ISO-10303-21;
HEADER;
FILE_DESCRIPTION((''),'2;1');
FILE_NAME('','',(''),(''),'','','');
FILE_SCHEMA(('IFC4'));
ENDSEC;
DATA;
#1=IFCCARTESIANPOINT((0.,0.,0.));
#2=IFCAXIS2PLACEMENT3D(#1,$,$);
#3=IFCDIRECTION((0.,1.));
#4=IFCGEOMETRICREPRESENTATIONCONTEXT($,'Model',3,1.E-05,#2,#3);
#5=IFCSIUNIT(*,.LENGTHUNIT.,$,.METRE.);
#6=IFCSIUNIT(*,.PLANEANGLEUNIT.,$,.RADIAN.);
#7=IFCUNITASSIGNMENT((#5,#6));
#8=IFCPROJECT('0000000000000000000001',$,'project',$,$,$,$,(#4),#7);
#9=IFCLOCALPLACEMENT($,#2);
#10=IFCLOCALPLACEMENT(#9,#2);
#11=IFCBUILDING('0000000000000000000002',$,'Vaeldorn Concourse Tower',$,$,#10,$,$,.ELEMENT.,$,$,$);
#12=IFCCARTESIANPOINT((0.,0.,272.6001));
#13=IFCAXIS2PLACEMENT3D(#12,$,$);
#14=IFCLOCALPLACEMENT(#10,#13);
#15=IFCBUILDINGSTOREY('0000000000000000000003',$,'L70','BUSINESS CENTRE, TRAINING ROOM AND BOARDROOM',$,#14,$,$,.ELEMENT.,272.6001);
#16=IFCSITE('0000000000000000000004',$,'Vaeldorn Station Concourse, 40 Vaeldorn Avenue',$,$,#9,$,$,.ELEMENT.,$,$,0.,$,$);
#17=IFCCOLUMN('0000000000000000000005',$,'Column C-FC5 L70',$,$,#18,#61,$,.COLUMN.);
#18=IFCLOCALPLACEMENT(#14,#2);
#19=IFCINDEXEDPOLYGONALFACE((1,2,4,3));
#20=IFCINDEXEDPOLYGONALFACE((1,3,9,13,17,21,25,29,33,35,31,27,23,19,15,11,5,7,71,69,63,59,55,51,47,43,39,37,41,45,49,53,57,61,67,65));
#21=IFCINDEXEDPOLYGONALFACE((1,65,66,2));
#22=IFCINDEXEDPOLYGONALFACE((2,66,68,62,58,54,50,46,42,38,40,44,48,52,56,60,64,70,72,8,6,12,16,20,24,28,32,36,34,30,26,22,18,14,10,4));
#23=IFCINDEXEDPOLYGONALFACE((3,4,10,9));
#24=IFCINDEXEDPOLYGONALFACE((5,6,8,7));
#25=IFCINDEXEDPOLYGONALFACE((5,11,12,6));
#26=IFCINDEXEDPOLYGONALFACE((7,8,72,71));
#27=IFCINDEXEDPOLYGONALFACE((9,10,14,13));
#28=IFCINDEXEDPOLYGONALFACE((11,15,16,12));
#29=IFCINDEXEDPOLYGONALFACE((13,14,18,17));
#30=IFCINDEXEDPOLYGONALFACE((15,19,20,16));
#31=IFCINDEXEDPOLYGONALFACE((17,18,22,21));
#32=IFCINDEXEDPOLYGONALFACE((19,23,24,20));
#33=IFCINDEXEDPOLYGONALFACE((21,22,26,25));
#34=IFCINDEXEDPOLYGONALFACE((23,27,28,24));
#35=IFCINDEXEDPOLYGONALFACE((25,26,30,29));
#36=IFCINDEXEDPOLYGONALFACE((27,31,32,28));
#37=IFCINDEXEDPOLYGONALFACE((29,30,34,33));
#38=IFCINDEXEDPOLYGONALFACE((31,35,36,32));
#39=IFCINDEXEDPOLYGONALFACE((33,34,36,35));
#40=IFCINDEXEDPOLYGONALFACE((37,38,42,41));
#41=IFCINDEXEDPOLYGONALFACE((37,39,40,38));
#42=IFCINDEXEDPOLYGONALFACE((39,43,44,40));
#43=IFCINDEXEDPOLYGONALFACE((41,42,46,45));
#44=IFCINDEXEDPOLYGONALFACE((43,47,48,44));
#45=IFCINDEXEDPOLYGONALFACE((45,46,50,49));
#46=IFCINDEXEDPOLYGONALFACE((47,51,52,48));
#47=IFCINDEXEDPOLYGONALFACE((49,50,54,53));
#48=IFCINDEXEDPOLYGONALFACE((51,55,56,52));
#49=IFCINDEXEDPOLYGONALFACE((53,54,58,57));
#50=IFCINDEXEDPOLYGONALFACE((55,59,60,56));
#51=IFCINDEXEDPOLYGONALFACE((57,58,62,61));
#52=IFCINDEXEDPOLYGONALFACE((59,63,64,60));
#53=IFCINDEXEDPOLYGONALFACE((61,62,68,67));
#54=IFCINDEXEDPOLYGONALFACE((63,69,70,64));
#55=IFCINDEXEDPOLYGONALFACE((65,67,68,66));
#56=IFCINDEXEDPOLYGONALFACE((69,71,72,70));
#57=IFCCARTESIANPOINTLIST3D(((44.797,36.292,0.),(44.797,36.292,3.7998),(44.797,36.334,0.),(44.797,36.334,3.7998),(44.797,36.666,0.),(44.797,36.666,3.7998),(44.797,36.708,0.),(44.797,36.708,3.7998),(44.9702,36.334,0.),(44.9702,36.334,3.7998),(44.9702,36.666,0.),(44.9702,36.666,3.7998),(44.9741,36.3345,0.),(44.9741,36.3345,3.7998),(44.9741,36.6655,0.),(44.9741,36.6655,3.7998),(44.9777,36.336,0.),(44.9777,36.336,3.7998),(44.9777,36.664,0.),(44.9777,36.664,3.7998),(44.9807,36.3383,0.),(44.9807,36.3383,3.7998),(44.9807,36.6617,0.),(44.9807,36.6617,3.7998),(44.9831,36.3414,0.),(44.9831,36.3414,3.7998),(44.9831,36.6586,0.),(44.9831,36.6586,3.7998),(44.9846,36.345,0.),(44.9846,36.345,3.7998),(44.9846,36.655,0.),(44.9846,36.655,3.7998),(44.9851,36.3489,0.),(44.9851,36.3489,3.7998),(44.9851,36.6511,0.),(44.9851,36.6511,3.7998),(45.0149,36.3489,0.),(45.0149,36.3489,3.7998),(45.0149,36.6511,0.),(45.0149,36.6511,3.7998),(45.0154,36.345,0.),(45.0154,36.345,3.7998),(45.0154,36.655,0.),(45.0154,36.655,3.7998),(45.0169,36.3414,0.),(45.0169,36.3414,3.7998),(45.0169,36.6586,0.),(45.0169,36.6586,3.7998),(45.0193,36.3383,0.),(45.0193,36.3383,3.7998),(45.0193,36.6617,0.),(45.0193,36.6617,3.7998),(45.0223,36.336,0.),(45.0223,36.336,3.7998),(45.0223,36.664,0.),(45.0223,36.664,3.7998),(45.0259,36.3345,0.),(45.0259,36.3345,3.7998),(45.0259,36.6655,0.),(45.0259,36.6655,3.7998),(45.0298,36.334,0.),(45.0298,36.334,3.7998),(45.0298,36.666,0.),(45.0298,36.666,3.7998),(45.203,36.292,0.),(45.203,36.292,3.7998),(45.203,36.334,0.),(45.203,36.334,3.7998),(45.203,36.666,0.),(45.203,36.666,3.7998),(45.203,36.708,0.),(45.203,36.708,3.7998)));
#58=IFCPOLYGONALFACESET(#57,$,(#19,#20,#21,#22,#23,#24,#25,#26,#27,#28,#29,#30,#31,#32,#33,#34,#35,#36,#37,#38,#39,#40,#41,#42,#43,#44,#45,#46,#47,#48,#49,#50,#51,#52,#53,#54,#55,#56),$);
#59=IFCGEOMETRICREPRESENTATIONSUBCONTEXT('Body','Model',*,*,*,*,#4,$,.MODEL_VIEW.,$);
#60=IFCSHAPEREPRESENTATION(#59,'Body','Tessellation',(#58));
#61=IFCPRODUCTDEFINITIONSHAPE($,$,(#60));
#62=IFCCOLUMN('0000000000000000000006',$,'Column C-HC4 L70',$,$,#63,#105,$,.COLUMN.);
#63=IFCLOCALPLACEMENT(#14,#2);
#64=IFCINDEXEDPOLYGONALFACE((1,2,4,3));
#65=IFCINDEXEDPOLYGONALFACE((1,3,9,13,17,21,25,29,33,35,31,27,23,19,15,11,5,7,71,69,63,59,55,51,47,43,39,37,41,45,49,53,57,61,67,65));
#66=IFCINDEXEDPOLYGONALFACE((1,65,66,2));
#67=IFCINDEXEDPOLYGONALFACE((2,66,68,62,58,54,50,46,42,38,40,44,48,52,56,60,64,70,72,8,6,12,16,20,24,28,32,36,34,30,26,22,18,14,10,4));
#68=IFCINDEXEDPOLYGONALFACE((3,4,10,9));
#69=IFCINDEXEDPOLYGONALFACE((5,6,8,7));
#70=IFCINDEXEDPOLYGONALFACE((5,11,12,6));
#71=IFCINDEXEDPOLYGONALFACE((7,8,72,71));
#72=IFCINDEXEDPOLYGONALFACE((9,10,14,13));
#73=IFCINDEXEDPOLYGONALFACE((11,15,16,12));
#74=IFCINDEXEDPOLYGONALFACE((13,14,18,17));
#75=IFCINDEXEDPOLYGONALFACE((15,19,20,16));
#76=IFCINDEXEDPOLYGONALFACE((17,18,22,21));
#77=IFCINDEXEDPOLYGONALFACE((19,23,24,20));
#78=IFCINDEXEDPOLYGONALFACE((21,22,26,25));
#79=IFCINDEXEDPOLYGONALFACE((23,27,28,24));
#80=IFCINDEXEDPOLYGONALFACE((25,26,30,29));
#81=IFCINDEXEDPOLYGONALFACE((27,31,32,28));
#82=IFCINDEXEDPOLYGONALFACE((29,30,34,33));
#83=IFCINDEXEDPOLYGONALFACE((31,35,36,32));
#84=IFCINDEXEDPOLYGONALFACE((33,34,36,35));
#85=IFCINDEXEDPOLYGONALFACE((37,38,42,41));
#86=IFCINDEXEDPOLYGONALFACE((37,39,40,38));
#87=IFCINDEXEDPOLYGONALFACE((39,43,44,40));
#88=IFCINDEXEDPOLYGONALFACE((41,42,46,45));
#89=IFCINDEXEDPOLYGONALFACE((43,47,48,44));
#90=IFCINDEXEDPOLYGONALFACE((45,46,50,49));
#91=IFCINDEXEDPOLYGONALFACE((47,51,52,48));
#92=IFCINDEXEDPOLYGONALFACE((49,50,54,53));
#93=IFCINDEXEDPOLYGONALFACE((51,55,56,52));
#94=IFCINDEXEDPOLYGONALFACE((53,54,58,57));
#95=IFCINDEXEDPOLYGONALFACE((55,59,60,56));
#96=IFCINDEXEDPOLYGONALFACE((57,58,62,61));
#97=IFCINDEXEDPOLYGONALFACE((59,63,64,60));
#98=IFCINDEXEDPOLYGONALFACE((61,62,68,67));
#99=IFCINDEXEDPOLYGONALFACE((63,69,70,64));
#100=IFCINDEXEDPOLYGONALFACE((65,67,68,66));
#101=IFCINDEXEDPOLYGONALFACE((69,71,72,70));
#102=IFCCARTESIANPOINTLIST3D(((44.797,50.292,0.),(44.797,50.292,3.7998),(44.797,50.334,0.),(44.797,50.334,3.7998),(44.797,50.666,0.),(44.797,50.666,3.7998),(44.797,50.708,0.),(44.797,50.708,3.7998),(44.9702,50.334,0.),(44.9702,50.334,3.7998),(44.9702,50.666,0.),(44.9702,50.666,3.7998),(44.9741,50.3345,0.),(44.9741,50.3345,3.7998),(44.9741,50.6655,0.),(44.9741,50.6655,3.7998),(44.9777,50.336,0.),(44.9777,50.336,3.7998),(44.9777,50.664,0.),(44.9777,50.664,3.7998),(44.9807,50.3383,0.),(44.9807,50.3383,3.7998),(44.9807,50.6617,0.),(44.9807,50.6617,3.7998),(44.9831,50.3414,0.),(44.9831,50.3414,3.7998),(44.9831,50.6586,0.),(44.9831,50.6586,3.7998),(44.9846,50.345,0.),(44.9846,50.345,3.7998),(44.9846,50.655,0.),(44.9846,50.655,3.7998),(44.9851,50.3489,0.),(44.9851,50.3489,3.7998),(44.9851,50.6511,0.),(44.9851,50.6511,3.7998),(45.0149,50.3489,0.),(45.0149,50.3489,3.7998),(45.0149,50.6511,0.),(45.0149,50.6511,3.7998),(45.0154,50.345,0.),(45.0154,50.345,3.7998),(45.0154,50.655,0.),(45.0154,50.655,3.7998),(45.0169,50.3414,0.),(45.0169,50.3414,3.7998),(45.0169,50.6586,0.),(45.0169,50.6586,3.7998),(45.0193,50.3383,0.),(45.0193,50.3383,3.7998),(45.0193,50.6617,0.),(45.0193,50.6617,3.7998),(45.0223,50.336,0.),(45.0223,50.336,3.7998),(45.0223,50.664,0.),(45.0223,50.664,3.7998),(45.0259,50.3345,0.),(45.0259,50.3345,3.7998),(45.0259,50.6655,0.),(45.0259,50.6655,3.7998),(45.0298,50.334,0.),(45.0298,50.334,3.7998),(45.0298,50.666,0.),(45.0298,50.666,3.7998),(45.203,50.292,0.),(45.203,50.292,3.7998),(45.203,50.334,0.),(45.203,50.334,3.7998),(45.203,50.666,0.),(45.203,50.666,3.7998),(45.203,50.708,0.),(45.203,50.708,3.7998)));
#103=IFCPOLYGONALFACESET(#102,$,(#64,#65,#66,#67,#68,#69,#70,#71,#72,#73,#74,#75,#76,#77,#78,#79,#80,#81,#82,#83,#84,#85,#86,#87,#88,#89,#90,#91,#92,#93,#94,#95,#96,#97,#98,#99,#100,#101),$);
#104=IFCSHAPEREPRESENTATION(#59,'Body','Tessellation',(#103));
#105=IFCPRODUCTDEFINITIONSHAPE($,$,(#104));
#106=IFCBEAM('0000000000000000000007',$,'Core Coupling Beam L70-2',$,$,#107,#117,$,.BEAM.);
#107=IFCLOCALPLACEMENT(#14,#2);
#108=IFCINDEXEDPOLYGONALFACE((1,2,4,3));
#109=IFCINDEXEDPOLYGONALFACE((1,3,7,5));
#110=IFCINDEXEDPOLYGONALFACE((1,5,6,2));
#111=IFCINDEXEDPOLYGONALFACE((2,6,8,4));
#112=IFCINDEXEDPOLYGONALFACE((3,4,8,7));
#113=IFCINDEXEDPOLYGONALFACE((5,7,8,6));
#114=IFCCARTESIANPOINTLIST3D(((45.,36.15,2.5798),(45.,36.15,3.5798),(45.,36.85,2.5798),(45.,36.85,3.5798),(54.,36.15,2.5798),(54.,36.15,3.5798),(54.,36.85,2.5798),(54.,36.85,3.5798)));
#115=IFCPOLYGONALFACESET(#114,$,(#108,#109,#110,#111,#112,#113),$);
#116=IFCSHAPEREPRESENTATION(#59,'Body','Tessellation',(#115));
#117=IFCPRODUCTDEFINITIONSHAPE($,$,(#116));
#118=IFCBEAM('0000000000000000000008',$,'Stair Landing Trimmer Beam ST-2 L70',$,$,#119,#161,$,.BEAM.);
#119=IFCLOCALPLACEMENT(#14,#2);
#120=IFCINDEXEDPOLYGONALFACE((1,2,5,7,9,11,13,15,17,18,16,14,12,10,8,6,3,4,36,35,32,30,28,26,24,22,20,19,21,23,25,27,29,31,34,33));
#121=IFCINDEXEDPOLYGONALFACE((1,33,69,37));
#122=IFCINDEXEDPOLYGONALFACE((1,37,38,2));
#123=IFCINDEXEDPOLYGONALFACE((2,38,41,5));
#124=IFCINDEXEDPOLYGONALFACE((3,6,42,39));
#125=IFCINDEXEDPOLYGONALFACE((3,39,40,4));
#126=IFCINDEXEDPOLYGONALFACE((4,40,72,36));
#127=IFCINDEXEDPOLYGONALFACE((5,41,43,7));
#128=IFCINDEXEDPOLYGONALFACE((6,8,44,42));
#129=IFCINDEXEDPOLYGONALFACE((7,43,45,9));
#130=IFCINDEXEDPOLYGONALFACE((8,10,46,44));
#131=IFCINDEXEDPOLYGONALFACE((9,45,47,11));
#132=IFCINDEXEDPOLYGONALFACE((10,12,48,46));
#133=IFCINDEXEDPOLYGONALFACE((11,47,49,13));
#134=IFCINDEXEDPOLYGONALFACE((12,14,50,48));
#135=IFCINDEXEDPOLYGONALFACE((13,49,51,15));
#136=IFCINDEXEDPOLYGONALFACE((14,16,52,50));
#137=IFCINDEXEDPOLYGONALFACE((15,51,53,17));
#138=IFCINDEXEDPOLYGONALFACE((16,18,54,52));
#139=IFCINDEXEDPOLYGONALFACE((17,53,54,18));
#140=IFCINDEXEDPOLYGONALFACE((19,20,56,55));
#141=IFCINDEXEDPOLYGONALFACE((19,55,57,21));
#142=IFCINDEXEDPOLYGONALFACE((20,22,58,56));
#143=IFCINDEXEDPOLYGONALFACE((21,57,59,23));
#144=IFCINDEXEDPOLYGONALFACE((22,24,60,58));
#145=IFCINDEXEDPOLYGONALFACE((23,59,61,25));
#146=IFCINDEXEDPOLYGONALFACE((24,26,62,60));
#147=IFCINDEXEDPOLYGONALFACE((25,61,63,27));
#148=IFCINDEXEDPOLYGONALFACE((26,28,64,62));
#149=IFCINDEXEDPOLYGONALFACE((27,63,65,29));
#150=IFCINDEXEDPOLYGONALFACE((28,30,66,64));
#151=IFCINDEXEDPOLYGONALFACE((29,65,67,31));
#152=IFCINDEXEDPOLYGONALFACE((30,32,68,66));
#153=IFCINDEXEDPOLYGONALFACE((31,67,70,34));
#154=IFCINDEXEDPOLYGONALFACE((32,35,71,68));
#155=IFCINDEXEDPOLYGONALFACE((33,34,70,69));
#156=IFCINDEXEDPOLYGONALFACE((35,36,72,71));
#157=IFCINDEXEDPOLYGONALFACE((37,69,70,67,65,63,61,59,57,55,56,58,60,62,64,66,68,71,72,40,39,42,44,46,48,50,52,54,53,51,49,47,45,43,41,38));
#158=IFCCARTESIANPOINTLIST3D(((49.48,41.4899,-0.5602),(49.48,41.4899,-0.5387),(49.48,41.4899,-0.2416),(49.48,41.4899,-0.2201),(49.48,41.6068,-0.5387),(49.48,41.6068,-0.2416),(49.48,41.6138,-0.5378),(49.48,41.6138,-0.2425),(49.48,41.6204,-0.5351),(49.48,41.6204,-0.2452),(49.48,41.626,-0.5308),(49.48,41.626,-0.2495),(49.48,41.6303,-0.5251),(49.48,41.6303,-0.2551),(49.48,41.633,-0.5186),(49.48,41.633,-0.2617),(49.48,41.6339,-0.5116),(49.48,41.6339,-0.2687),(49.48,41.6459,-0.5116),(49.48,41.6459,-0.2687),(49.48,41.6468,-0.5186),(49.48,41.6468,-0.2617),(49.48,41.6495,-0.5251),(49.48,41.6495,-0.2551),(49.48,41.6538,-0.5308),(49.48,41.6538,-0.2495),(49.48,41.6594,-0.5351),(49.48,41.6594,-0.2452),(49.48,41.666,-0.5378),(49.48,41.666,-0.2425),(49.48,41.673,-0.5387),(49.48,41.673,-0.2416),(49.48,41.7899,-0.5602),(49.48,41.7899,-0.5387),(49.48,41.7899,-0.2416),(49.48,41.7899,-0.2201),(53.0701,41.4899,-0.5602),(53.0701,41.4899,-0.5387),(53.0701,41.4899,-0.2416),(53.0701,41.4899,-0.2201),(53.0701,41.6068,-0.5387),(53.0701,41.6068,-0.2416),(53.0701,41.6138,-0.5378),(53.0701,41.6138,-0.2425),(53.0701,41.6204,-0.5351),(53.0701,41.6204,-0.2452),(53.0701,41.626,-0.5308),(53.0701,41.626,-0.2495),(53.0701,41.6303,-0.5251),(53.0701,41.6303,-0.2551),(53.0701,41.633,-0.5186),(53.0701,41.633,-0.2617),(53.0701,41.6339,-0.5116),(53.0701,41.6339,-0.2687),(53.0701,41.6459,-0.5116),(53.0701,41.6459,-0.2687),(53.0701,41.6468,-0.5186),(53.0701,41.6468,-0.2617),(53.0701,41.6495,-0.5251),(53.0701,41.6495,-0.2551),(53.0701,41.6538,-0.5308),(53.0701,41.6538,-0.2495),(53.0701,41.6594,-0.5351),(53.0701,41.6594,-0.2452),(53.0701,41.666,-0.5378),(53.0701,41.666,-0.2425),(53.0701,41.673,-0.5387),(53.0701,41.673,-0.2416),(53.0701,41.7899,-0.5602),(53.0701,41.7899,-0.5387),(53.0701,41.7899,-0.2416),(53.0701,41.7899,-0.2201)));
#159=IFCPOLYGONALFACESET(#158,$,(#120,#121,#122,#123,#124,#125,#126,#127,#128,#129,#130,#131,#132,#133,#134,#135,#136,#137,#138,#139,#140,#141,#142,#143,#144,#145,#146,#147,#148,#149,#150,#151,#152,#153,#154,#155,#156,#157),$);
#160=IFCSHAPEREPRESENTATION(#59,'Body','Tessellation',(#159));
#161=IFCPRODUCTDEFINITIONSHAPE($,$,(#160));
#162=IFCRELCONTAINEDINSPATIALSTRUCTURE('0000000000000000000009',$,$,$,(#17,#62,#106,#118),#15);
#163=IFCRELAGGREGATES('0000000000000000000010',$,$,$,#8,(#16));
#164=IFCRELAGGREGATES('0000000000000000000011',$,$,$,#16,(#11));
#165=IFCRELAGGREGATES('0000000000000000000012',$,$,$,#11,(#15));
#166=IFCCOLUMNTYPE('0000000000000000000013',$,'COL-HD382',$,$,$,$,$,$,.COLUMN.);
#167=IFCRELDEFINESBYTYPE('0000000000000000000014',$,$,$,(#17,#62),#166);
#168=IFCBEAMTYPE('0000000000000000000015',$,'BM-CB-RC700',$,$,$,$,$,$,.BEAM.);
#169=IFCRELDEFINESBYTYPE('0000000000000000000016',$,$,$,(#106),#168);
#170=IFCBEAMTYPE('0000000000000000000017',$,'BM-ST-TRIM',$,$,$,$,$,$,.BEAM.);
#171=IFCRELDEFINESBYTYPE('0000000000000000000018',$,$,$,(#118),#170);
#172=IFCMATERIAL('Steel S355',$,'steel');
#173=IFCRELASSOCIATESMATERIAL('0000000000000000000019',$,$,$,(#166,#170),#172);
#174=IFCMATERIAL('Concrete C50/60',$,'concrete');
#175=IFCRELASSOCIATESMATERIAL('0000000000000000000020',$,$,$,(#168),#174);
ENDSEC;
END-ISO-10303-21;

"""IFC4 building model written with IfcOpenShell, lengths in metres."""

from ifc_helpers import new_model, si_unit, direction, frame, origin, origin_2d, place, context, subcontext, project, spatial, rectangle, i_section, extrude, source, transform, mapped, material, material_profile, profile_set, type_object, element, save


model = new_model("IFC4")

# Units and contexts
model_context = context("Model", 3, precision=1e-05, world=origin(), true_north=direction((0.0, 1.0)))
body_context = subcontext(model_context, "Body", "Model", "MODEL_VIEW")
ifc_project = project(units=[si_unit("LENGTHUNIT", "METRE"), si_unit("PLANEANGLEUNIT", "RADIAN")], contexts=[model_context])

# Site, building, storey
site_placement = place(None, origin())
site = spatial("IfcSite", under=ifc_project, at=site_placement, Name="Vaeldorn Station Concourse, 40 Vaeldorn Avenue", CompositionType="ELEMENT", RefElevation=0.0)
building_placement = place(site_placement, origin())
building = spatial("IfcBuilding", under=site, at=building_placement, Name="Vaeldorn Concourse Tower", CompositionType="ELEMENT")
storey_placement = place(building_placement, frame((0.0, 0.0, 272.6001)))
storey = spatial("IfcBuildingStorey", under=building, at=storey_placement, Name="L70", Description="BUSINESS CENTRE, TRAINING ROOM AND BOARDROOM", CompositionType="ELEMENT", Elevation=272.6001)

# Columns
ifc_material_1 = material(Name="Steel S355", Category="steel")
ifc_material_profile_1 = material_profile(ifc_material_1, i_section(OverallWidth=0.406, OverallDepth=0.416, WebThickness=0.0298, FlangeThickness=0.042, FilletRadius=0.0149, at=origin_2d()), Name="HD 400x382")
ifc_profile_set_1 = profile_set([ifc_material_profile_1], Name="Steel S355")
column_type = type_object("IfcColumnType", Name="COL-HD382", PredefinedType="COLUMN", material=ifc_profile_set_1)
shared_shape_1 = source(origin(), body_context, "Body", "SweptSolid", [
    extrude(i_section(OverallWidth=0.406, OverallDepth=0.416, WebThickness=0.0298, FlangeThickness=0.042, FilletRadius=0.0149, at=origin_2d()), origin(), (0.0, 0.0, 1.0), 3.7998),
])
for number, where, z_axis, x_axis, name in (
    (1, (45.0, 36.5, 0.0), (0.0, 0.0, 1.0), (1.0, 0.0, 0.0), "Column C-FC5 L70"),
    (2, (45.0, 50.5, 0.0), (0.0, 0.0, 1.0), (1.0, 0.0, 0.0), "Column C-HC4 L70"),
):
    element("IfcColumn", number, at=place(storey_placement, frame(where, z_axis=z_axis, x_axis=x_axis)), inside=storey, type_object=column_type, Name=name, PredefinedType="COLUMN", context=body_context, shape_type="MappedRepresentation", body=[
        mapped(shared_shape_1, transform((0.0, 0.0, 0.0), scale=1.0)),
    ])

# Beams
ifc_material_2 = material(Name="Concrete C50/60", Category="concrete")
ifc_material_profile_2 = material_profile(ifc_material_2, rectangle(XDim=0.7, YDim=1.0, at=origin_2d()), Name="RC 700x1000")
ifc_profile_set_2 = profile_set([ifc_material_profile_2], Name="Concrete C50/60")
beam_type_1 = type_object("IfcBeamType", Name="BM-CB-RC700", PredefinedType="BEAM", material=ifc_profile_set_2)
shared_shape_2 = source(origin(), body_context, "Body", "SweptSolid", [
    extrude(rectangle(XDim=0.7, YDim=1.0, at=origin_2d()), origin(), (0.0, 0.0, 1.0), 9.0),
])
beam_1_placement = place(storey_placement, frame((45.0, 36.5, 3.0798), z_axis=(1.0, 0.0, 0.0), x_axis=(0.0, 1.0, 0.0)))
element("IfcBeam", 3, at=beam_1_placement, inside=storey, type_object=beam_type_1, Name="Core Coupling Beam L70-2", PredefinedType="BEAM", context=body_context, shape_type="MappedRepresentation", body=[
    mapped(shared_shape_2, transform((0.0, 0.0, 0.0), scale=1.0)),
])
ifc_material_profile_3 = material_profile(ifc_material_1, i_section(OverallWidth=0.3, OverallDepth=0.3401, WebThickness=0.012, FlangeThickness=0.0215, FilletRadius=0.0271, at=origin_2d()), Name="HEB 340")
ifc_profile_set_3 = profile_set([ifc_material_profile_3], Name="Steel S355")
beam_type_2 = type_object("IfcBeamType", Name="BM-ST-TRIM", PredefinedType="BEAM", material=ifc_profile_set_3)
shared_shape_3 = source(origin(), body_context, "Body", "SweptSolid", [
    extrude(i_section(OverallWidth=0.3, OverallDepth=0.3401, WebThickness=0.012, FlangeThickness=0.0215, FilletRadius=0.0271, at=origin_2d()), origin(), (0.0, 0.0, 1.0), 3.5901),
])
beam_2_placement = place(storey_placement, frame((49.48, 41.6399, -0.3901), z_axis=(1.0, 0.0, 0.0), x_axis=(0.0, 1.0, 0.0)))
element("IfcBeam", 4, at=beam_2_placement, inside=storey, type_object=beam_type_2, Name="Stair Landing Trimmer Beam ST-2 L70", PredefinedType="BEAM", context=body_context, shape_type="MappedRepresentation", body=[
    mapped(shared_shape_3, transform((0.0, 0.0, 0.0), scale=1.0)),
])

save(model, "model.ifc")
